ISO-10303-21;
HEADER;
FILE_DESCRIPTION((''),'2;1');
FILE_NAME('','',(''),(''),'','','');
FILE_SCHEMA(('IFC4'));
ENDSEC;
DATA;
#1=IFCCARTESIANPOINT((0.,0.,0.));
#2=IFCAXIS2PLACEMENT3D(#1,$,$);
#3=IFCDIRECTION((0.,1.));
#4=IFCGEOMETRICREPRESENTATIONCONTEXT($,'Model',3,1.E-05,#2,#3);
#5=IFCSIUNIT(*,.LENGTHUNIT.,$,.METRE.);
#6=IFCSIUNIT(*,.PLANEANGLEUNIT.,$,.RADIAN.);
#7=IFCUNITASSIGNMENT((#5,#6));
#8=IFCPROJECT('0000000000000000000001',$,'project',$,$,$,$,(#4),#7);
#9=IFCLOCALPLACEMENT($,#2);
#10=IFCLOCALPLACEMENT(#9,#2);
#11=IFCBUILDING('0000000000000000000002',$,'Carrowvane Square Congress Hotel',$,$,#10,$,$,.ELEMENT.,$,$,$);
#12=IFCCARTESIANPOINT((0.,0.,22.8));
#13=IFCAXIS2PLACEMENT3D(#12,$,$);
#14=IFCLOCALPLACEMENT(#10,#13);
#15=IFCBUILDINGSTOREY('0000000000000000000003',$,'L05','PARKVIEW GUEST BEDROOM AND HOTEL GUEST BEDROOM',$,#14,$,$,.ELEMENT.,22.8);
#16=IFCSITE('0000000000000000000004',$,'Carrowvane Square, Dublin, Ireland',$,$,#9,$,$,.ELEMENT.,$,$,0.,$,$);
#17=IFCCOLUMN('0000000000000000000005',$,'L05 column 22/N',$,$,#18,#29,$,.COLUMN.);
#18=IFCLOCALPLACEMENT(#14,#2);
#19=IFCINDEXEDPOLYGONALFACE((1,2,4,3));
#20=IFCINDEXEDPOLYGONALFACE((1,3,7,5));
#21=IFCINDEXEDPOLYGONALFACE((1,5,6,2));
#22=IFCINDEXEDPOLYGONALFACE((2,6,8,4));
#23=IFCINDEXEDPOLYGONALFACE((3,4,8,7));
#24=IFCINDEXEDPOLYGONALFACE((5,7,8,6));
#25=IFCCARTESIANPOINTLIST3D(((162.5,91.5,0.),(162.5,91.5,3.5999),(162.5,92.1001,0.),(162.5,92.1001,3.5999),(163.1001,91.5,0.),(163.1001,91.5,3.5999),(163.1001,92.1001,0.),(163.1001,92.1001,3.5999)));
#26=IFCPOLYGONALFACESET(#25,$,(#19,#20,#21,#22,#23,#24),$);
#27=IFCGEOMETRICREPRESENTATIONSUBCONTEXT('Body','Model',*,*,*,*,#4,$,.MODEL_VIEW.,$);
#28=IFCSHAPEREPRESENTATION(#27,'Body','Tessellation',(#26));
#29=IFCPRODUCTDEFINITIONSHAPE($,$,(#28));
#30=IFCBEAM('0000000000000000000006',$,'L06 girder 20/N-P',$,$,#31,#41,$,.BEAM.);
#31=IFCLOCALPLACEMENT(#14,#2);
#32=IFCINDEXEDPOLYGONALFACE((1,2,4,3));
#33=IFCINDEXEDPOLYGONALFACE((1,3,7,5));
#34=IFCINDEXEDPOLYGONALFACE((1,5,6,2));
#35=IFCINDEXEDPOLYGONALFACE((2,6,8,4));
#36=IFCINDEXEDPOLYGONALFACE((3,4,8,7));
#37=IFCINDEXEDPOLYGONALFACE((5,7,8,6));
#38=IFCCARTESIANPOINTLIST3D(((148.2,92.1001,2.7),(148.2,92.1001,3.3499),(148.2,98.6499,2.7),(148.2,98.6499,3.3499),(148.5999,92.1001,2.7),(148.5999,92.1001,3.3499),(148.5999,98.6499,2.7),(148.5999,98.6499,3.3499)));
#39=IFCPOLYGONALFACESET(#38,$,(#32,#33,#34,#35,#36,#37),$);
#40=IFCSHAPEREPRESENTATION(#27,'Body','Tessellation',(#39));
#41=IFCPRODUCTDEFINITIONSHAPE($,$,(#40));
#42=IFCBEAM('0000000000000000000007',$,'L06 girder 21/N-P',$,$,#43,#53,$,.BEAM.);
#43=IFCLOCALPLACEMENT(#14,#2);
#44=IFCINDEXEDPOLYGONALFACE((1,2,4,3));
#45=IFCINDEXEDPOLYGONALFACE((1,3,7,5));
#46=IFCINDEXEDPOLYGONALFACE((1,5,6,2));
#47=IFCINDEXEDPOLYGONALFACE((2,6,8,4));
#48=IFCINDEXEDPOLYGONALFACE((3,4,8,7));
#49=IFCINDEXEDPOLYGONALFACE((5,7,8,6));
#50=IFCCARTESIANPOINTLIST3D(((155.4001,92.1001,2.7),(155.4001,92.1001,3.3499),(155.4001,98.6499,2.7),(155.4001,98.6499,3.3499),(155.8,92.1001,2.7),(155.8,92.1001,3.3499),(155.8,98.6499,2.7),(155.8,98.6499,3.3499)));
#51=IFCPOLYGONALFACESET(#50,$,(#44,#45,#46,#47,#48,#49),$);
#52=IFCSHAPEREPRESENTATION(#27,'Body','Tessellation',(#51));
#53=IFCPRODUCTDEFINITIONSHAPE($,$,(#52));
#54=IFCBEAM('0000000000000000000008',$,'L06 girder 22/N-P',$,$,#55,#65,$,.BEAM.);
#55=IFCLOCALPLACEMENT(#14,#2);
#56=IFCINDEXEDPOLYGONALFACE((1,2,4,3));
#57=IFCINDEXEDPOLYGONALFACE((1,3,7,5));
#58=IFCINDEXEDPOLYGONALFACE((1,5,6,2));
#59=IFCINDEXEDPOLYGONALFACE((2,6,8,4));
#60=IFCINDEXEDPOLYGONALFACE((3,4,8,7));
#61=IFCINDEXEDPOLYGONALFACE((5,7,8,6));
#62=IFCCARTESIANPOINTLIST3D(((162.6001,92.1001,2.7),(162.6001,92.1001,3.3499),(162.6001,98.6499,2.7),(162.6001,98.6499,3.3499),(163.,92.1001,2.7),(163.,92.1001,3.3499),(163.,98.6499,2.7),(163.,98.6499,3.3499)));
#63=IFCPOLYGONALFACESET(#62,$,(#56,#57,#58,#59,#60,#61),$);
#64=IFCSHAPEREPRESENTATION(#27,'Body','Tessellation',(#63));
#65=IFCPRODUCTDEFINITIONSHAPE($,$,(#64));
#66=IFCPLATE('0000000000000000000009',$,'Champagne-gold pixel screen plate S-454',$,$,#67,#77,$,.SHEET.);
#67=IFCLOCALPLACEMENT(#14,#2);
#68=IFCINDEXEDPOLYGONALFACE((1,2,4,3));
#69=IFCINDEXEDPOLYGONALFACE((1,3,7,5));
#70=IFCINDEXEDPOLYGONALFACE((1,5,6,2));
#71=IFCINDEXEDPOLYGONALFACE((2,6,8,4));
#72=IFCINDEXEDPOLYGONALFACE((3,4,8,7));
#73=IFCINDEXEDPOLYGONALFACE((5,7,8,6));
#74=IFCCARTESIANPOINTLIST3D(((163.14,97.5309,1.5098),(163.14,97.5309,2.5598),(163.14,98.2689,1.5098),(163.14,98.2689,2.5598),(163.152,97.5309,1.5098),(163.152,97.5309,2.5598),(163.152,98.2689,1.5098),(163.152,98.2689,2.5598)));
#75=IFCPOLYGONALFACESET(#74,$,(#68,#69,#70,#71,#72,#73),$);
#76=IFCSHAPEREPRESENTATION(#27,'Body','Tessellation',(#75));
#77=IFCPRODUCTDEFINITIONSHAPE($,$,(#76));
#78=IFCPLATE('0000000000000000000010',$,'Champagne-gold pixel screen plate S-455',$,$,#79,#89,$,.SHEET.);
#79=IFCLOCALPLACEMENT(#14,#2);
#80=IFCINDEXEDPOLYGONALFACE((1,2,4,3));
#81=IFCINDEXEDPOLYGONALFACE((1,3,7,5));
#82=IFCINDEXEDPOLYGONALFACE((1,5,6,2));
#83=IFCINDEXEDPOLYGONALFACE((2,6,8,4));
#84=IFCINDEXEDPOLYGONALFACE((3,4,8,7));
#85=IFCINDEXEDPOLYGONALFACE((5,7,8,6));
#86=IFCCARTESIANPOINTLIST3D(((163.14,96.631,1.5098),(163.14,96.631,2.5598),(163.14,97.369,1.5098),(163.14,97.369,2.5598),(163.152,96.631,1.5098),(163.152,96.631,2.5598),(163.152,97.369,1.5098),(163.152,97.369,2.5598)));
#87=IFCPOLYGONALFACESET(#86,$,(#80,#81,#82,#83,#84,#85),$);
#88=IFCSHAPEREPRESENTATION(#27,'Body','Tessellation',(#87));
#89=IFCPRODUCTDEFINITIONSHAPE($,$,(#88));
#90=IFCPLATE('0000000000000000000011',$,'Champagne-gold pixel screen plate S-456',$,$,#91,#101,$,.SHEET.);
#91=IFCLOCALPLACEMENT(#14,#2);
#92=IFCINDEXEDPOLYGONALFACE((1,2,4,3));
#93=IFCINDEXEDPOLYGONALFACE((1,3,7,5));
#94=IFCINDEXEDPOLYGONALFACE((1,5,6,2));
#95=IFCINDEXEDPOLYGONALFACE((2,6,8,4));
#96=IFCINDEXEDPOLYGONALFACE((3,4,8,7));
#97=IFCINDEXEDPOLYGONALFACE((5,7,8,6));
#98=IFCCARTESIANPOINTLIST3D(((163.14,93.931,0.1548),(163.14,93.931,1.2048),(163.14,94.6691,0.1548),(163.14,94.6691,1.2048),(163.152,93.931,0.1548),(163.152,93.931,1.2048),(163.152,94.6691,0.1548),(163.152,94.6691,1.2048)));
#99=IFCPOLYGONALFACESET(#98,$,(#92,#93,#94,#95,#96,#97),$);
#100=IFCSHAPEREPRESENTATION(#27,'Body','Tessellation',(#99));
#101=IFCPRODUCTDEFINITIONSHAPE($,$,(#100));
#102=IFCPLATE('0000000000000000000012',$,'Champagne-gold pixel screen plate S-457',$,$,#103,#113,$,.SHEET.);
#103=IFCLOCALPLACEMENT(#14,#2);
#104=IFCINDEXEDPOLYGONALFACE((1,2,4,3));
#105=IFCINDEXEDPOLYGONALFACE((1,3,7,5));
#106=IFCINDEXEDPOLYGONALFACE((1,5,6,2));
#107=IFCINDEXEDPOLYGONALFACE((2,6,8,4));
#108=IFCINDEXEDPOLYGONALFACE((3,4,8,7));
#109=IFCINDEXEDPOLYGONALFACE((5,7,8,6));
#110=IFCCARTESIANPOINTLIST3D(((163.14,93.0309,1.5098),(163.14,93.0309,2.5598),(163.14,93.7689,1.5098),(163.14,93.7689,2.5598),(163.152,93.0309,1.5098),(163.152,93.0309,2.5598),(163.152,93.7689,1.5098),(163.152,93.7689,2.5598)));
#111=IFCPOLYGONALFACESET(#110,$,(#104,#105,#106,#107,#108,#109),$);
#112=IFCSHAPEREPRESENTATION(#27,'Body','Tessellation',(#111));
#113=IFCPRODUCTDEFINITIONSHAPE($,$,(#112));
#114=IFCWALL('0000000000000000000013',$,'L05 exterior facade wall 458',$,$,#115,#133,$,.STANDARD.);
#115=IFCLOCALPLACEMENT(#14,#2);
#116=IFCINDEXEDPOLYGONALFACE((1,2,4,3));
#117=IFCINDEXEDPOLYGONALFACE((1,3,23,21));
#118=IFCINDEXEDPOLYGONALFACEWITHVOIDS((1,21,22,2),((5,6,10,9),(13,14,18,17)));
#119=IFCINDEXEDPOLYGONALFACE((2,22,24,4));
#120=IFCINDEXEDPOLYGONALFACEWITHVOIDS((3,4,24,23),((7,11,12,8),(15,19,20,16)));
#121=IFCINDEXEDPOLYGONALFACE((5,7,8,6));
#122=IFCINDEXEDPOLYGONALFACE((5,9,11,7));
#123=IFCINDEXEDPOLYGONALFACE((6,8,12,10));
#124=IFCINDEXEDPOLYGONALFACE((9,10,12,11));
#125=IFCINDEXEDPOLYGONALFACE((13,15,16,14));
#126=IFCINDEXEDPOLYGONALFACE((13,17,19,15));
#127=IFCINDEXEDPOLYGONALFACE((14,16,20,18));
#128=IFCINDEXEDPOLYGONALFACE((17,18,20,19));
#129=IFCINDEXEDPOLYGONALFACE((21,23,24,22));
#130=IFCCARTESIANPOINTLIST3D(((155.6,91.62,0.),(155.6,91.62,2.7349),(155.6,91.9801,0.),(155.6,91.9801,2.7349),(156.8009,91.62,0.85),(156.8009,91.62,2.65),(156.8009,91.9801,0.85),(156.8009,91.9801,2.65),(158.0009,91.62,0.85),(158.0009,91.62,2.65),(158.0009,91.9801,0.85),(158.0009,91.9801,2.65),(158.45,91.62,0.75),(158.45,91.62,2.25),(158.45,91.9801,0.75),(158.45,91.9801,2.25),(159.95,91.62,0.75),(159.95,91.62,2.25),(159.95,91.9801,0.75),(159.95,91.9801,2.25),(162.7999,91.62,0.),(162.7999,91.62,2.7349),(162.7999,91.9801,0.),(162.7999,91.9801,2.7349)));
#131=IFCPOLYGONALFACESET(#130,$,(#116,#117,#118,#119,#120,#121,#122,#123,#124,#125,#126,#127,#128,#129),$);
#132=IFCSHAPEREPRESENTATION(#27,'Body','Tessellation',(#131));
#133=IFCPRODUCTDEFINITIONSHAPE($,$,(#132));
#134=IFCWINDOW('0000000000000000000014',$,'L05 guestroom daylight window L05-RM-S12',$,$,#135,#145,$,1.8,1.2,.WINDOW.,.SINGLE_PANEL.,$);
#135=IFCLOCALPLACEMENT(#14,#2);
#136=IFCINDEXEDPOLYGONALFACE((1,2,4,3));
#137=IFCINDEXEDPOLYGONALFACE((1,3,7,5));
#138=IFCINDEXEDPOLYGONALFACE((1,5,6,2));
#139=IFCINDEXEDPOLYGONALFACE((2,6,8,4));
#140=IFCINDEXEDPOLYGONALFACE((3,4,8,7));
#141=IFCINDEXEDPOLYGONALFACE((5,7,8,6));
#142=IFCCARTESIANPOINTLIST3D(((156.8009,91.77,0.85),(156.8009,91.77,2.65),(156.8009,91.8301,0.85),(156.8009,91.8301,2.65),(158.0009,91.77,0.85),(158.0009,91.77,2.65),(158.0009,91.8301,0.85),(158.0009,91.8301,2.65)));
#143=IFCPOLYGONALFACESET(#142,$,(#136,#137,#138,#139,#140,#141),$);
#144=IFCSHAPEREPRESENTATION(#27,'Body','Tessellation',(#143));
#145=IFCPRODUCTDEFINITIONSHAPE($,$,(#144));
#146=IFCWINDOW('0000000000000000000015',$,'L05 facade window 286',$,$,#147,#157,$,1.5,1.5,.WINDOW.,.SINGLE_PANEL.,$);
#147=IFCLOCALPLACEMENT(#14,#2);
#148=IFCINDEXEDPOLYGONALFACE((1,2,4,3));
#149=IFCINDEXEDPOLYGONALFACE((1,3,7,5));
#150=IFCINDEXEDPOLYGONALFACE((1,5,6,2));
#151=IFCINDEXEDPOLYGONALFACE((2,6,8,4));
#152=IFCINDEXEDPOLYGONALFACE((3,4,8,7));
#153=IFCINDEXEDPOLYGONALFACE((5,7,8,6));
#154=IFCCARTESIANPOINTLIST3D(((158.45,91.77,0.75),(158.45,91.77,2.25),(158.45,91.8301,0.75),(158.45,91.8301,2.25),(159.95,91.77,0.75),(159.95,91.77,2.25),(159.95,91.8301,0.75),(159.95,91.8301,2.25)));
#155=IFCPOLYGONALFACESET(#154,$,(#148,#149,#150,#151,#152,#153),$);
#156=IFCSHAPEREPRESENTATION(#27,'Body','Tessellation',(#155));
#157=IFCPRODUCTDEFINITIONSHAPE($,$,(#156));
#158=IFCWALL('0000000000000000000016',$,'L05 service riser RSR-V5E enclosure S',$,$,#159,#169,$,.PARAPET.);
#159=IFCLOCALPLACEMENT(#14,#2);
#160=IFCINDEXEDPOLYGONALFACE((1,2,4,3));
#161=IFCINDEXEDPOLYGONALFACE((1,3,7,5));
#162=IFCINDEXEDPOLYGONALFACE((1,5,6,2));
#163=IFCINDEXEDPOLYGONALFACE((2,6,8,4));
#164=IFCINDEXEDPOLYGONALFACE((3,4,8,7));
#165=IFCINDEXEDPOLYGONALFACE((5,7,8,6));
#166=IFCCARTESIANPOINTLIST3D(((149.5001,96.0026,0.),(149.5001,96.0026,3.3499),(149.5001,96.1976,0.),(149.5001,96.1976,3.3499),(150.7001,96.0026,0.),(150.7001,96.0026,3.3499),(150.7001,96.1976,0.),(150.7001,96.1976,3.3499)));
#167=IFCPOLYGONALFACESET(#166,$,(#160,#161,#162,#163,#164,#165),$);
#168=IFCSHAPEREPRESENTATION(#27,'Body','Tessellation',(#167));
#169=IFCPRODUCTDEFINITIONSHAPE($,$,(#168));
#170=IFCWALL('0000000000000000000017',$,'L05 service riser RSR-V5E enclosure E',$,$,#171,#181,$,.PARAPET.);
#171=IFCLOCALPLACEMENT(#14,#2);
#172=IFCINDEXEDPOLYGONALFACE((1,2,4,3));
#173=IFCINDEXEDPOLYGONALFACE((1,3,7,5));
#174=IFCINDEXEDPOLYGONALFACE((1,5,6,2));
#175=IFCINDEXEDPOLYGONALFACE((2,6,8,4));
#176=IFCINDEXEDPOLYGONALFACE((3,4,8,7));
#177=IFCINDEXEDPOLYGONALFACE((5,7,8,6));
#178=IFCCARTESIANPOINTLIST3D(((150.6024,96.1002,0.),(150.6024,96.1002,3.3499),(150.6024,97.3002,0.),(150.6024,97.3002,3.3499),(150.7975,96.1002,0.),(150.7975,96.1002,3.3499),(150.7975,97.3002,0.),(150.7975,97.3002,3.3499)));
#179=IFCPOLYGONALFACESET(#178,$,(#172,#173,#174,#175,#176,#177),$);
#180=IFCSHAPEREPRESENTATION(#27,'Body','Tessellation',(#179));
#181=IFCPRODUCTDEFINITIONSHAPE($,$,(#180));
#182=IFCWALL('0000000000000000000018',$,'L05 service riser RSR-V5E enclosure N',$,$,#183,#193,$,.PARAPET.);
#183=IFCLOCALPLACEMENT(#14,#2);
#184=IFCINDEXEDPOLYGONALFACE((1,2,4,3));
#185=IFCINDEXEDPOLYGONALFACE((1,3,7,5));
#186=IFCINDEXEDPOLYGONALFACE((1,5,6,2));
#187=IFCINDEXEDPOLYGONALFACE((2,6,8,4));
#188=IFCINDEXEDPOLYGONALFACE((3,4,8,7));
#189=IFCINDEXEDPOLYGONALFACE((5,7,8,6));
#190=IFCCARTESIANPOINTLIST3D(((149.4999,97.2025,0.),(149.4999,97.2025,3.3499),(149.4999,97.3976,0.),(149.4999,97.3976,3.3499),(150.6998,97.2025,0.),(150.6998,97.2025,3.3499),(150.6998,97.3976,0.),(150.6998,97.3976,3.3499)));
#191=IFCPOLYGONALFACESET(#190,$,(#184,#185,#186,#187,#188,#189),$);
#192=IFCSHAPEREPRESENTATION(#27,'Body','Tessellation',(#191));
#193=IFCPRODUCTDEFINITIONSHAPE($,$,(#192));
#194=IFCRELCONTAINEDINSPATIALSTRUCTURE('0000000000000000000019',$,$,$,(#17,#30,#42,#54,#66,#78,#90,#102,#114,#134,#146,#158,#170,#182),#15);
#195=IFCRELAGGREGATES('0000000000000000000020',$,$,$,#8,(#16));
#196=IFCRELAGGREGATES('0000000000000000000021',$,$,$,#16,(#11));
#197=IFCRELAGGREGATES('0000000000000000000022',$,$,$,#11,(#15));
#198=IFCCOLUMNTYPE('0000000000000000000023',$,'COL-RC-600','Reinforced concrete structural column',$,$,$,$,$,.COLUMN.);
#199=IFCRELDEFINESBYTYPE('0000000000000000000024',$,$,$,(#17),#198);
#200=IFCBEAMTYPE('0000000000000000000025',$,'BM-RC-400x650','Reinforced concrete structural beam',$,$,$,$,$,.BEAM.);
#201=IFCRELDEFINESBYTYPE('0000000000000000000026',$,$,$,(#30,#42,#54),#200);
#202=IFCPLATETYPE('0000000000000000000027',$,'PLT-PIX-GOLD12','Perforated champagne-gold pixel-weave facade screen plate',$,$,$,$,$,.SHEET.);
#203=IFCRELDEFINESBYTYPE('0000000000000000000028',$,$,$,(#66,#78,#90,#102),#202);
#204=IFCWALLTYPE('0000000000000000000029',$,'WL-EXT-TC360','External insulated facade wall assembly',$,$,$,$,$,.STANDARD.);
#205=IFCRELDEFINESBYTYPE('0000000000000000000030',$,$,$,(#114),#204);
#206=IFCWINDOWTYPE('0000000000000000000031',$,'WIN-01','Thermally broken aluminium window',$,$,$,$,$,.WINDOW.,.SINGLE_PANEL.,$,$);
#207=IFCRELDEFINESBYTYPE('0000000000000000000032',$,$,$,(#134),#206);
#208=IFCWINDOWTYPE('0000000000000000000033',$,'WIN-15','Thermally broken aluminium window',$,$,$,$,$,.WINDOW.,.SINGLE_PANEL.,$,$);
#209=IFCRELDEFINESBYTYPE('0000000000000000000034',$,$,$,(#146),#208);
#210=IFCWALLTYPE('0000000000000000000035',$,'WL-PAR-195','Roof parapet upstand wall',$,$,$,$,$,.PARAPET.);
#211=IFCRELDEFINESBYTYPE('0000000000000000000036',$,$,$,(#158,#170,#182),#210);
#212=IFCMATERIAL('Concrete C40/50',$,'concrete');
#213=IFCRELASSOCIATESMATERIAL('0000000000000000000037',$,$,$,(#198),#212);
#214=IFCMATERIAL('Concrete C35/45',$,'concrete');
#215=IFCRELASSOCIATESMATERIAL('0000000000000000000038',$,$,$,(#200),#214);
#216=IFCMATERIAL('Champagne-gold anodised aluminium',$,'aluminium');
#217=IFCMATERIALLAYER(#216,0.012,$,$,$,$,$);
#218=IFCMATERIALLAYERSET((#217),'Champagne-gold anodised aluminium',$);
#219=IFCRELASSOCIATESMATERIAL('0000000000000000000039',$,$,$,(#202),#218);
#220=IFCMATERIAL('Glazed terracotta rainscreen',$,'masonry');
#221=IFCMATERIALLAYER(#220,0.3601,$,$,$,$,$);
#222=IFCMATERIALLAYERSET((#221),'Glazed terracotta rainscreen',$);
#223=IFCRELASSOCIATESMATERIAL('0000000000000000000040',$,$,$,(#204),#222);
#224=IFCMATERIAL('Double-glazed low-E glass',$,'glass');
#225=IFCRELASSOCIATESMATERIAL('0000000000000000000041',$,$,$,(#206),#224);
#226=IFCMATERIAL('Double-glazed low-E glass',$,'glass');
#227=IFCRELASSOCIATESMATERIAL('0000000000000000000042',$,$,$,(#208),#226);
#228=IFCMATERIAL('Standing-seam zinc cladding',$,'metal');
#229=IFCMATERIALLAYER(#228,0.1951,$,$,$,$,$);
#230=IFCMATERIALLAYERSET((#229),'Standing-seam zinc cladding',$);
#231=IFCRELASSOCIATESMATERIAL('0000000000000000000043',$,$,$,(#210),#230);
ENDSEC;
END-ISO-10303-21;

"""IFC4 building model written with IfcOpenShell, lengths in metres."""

from ifc_helpers import new_model, si_unit, direction, frame, frame_2d, origin, origin_2d, place, context, subcontext, project, spatial, rectangle, extrude, material, layer, layer_set, material_profile, profile_set, type_object, element, fill, save


model = new_model("IFC4")

# Units and contexts
model_context = context("Model", 3, precision=1e-05, world=origin(), true_north=direction((0.0, 1.0)))
body_context = subcontext(model_context, "Body", "Model", "MODEL_VIEW")
ifc_project = project(units=[si_unit("LENGTHUNIT", "METRE"), si_unit("PLANEANGLEUNIT", "RADIAN")], contexts=[model_context])

# Site, building, storey
site_placement = place(None, origin())
site = spatial("IfcSite", under=ifc_project, at=site_placement, Name="Carrowvane Square, Dublin, Ireland", CompositionType="ELEMENT", RefElevation=0.0)
building_placement = place(site_placement, origin())
building = spatial("IfcBuilding", under=site, at=building_placement, Name="Carrowvane Square Congress Hotel", CompositionType="ELEMENT")
storey_placement = place(building_placement, frame((0.0, 0.0, 22.8)))
storey = spatial("IfcBuildingStorey", under=building, at=storey_placement, Name="L05", Description="PARKVIEW GUEST BEDROOM AND HOTEL GUEST BEDROOM", CompositionType="ELEMENT", Elevation=22.8)

# Column
ifc_material_1 = material(Name="Concrete C40/50", Category="concrete")
ifc_material_profile_1 = material_profile(ifc_material_1, rectangle(XDim=0.6001, YDim=0.6001, at=origin_2d()), Name="RC 600x600")
ifc_profile_set_1 = profile_set([ifc_material_profile_1], Name="Concrete C40/50")
column_type = type_object("IfcColumnType", Name="COL-RC-600", Description="Reinforced concrete structural column", PredefinedType="COLUMN", material=ifc_profile_set_1)
column_placement = place(storey_placement, frame((162.8, 91.8, 0.0), z_axis=(0.0, 0.0, 1.0), x_axis=(1.0, 0.0, 0.0)))
element("IfcColumn", 1, at=column_placement, inside=storey, type_object=column_type, Name="L05 column 22/N", PredefinedType="COLUMN", context=body_context, shape_type="SweptSolid", body=[
    extrude(rectangle(XDim=0.6001, YDim=0.6001, at=origin_2d()), origin(), (0.0, 0.0, 1.0), 3.5999),
])

# Beams
ifc_material_2 = material(Name="Concrete C35/45", Category="concrete")
ifc_material_profile_2 = material_profile(ifc_material_2, rectangle(XDim=0.3999, YDim=0.6499, at=origin_2d()), Name="RC 400x650")
ifc_profile_set_2 = profile_set([ifc_material_profile_2], Name="Concrete C35/45")
beam_type = type_object("IfcBeamType", Name="BM-RC-400x650", Description="Reinforced concrete structural beam", PredefinedType="BEAM", material=ifc_profile_set_2)
for number, where, z_axis, x_axis, name in (
    (2, (148.3999, 92.1001, 3.0249), (0.0, 1.0, 0.0), (-1.0, 0.0, 0.0), "L06 girder 20/N-P"),
    (3, (155.6001, 92.1001, 3.0249), (0.0, 1.0, 0.0), (-1.0, 0.0, 0.0), "L06 girder 21/N-P"),
    (4, (162.8, 92.1001, 3.0249), (0.0, 1.0, 0.0), (-1.0, 0.0, 0.0), "L06 girder 22/N-P"),
):
    element("IfcBeam", number, at=place(storey_placement, frame(where, z_axis=z_axis, x_axis=x_axis)), inside=storey, type_object=beam_type, Name=name, PredefinedType="BEAM", context=body_context, shape_type="SweptSolid", body=[
        extrude(rectangle(XDim=0.3999, YDim=0.6499, at=origin_2d()), origin(), (0.0, 0.0, 1.0), 6.5498),
    ])

# Plates
ifc_material_3 = material(Name="Champagne-gold anodised aluminium", Category="aluminium")
ifc_layer_1 = layer(ifc_material_3, 0.012)
ifc_layer_set_1 = layer_set([ifc_layer_1], Name="Champagne-gold anodised aluminium")
plate_type = type_object("IfcPlateType", Name="PLT-PIX-GOLD12", Description="Perforated champagne-gold pixel-weave facade screen plate", PredefinedType="SHEET", material=ifc_layer_set_1)
for number, where, z_axis, x_axis, name in (
    (5, (163.146, 97.8999, 1.5098), (0.0, 0.0, 1.0), (0.0, -1.0, 0.0), "Champagne-gold pixel screen plate S-454"),
    (6, (163.146, 97.0, 1.5098), (0.0, 0.0, 1.0), (0.0, -1.0, 0.0), "Champagne-gold pixel screen plate S-455"),
    (7, (163.146, 94.3, 0.1548), (0.0, 0.0, 1.0), (0.0, -1.0, 0.0), "Champagne-gold pixel screen plate S-456"),
    (8, (163.146, 93.3999, 1.5098), (0.0, 0.0, 1.0), (0.0, -1.0, 0.0), "Champagne-gold pixel screen plate S-457"),
):
    element("IfcPlate", number, at=place(storey_placement, frame(where, z_axis=z_axis, x_axis=x_axis)), inside=storey, type_object=plate_type, Name=name, PredefinedType="SHEET", context=body_context, shape_type="SweptSolid", body=[
        extrude(rectangle(XDim=0.738, YDim=0.012, at=origin_2d()), origin(), (0.0, 0.0, 1.0), 1.05),
    ])

# Wall, openings, windows
ifc_material_4 = material(Name="Glazed terracotta rainscreen", Category="masonry")
ifc_layer_2 = layer(ifc_material_4, 0.3601)
ifc_layer_set_2 = layer_set([ifc_layer_2], Name="Glazed terracotta rainscreen")
wall_type_1 = type_object("IfcWallType", Name="WL-EXT-TC360", Description="External insulated facade wall assembly", PredefinedType="STANDARD", material=ifc_layer_set_2)
wall_1_placement = place(storey_placement, frame((162.8, 91.8, 0.0), z_axis=(0.0, 0.0, 1.0), x_axis=(-1.0, 0.0, 0.0)))
wall_1 = element("IfcWall", 9, at=wall_1_placement, inside=storey, type_object=wall_type_1, Name="L05 exterior facade wall 458", PredefinedType="STANDARD", context=body_context, shape_type="SweptSolid", body=[
    extrude(rectangle(XDim=7.2, YDim=0.3601, at=frame_2d((3.6001, 0.0))), origin(), (0.0, 0.0, 1.0), 2.7349),
])
opening_1_placement = place(wall_1_placement, frame((2.8501, 0.0, 0.75)))
opening_1 = element("IfcOpeningElement", 10, at=opening_1_placement, cuts=wall_1, PredefinedType="OPENING", context=body_context, shape_type="SweptSolid", body=[
    extrude(rectangle(XDim=1.5, YDim=1.5, at=frame_2d((0.75, 0.75))), frame((0.0, 0.1899, 0.0), z_axis=(0.0, -1.0, 0.0), x_axis=(1.0, 0.0, 0.0)), (0.0, 0.0, 1.0), 0.3801),
])
opening_2_placement = place(wall_1_placement, frame((4.7991, 0.0, 0.8501)))
opening_2 = element("IfcOpeningElement", 11, at=opening_2_placement, cuts=wall_1, PredefinedType="OPENING", context=body_context, shape_type="SweptSolid", body=[
    extrude(rectangle(XDim=1.2, YDim=1.8, at=frame_2d((0.6001, 0.8999))), frame((0.0, 0.1899, 0.0), z_axis=(0.0, -1.0, 0.0), x_axis=(1.0, 0.0, 0.0)), (0.0, 0.0, 1.0), 0.3801),
])
ifc_material_5 = material(Name="Double-glazed low-E glass", Category="glass")
window_type_1 = type_object("IfcWindowType", Name="WIN-01", Description="Thermally broken aluminium window", PartitioningType="SINGLE_PANEL", PredefinedType="WINDOW", material=ifc_material_5)
window_1_placement = place(opening_2_placement, origin())
window_1 = element("IfcWindow", 12, at=window_1_placement, inside=storey, type_object=window_type_1, Name="L05 guestroom daylight window L05-RM-S12", OverallHeight=1.8, OverallWidth=1.2, PartitioningType="SINGLE_PANEL", PredefinedType="WINDOW", context=body_context, shape_type="SweptSolid", body=[
    extrude(rectangle(XDim=1.2, YDim=1.8, at=frame_2d((0.6001, 0.8999))), frame((0.0, 0.03, 0.0), z_axis=(0.0, -1.0, 0.0), x_axis=(1.0, 0.0, 0.0)), (0.0, 0.0, 1.0), 0.0601),
])
fill(opening_2, window_1)
ifc_material_6 = material(Name="Double-glazed low-E glass", Category="glass")
window_type_2 = type_object("IfcWindowType", Name="WIN-15", Description="Thermally broken aluminium window", PartitioningType="SINGLE_PANEL", PredefinedType="WINDOW", material=ifc_material_6)
window_2_placement = place(opening_1_placement, origin())
window_2 = element("IfcWindow", 13, at=window_2_placement, inside=storey, type_object=window_type_2, Name="L05 facade window 286", OverallHeight=1.5, OverallWidth=1.5, PartitioningType="SINGLE_PANEL", PredefinedType="WINDOW", context=body_context, shape_type="SweptSolid", body=[
    extrude(rectangle(XDim=1.5, YDim=1.5, at=frame_2d((0.75, 0.75))), frame((0.0, 0.03, 0.0), z_axis=(0.0, -1.0, 0.0), x_axis=(1.0, 0.0, 0.0)), (0.0, 0.0, 1.0), 0.0601),
])
fill(opening_1, window_2)

# Walls
ifc_material_7 = material(Name="Standing-seam zinc cladding", Category="metal")
ifc_layer_3 = layer(ifc_material_7, 0.1951)
ifc_layer_set_3 = layer_set([ifc_layer_3], Name="Standing-seam zinc cladding")
wall_type_2 = type_object("IfcWallType", Name="WL-PAR-195", Description="Roof parapet upstand wall", PredefinedType="PARAPET", material=ifc_layer_set_3)
for number, where, z_axis, x_axis, name in (
    (14, (149.5, 96.1001, 0.0), (0.0, 0.0, 1.0), (1.0, 0.0, 0.0), "L05 service riser RSR-V5E enclosure S"),
    (15, (150.7, 96.1001, 0.0), (0.0, 0.0, 1.0), (0.0, 1.0, 0.0), "L05 service riser RSR-V5E enclosure E"),
    (16, (150.7, 97.3, 0.0), (0.0, 0.0, 1.0), (-1.0, 0.0, 0.0), "L05 service riser RSR-V5E enclosure N"),
):
    element("IfcWall", number, at=place(storey_placement, frame(where, z_axis=z_axis, x_axis=x_axis)), inside=storey, type_object=wall_type_2, Name=name, PredefinedType="PARAPET", context=body_context, shape_type="SweptSolid", body=[
        extrude(rectangle(XDim=1.2, YDim=0.1951, at=frame_2d((0.6001, 0.0))), origin(), (0.0, 0.0, 1.0), 3.3499),
    ])

save(model, "model.ifc")
